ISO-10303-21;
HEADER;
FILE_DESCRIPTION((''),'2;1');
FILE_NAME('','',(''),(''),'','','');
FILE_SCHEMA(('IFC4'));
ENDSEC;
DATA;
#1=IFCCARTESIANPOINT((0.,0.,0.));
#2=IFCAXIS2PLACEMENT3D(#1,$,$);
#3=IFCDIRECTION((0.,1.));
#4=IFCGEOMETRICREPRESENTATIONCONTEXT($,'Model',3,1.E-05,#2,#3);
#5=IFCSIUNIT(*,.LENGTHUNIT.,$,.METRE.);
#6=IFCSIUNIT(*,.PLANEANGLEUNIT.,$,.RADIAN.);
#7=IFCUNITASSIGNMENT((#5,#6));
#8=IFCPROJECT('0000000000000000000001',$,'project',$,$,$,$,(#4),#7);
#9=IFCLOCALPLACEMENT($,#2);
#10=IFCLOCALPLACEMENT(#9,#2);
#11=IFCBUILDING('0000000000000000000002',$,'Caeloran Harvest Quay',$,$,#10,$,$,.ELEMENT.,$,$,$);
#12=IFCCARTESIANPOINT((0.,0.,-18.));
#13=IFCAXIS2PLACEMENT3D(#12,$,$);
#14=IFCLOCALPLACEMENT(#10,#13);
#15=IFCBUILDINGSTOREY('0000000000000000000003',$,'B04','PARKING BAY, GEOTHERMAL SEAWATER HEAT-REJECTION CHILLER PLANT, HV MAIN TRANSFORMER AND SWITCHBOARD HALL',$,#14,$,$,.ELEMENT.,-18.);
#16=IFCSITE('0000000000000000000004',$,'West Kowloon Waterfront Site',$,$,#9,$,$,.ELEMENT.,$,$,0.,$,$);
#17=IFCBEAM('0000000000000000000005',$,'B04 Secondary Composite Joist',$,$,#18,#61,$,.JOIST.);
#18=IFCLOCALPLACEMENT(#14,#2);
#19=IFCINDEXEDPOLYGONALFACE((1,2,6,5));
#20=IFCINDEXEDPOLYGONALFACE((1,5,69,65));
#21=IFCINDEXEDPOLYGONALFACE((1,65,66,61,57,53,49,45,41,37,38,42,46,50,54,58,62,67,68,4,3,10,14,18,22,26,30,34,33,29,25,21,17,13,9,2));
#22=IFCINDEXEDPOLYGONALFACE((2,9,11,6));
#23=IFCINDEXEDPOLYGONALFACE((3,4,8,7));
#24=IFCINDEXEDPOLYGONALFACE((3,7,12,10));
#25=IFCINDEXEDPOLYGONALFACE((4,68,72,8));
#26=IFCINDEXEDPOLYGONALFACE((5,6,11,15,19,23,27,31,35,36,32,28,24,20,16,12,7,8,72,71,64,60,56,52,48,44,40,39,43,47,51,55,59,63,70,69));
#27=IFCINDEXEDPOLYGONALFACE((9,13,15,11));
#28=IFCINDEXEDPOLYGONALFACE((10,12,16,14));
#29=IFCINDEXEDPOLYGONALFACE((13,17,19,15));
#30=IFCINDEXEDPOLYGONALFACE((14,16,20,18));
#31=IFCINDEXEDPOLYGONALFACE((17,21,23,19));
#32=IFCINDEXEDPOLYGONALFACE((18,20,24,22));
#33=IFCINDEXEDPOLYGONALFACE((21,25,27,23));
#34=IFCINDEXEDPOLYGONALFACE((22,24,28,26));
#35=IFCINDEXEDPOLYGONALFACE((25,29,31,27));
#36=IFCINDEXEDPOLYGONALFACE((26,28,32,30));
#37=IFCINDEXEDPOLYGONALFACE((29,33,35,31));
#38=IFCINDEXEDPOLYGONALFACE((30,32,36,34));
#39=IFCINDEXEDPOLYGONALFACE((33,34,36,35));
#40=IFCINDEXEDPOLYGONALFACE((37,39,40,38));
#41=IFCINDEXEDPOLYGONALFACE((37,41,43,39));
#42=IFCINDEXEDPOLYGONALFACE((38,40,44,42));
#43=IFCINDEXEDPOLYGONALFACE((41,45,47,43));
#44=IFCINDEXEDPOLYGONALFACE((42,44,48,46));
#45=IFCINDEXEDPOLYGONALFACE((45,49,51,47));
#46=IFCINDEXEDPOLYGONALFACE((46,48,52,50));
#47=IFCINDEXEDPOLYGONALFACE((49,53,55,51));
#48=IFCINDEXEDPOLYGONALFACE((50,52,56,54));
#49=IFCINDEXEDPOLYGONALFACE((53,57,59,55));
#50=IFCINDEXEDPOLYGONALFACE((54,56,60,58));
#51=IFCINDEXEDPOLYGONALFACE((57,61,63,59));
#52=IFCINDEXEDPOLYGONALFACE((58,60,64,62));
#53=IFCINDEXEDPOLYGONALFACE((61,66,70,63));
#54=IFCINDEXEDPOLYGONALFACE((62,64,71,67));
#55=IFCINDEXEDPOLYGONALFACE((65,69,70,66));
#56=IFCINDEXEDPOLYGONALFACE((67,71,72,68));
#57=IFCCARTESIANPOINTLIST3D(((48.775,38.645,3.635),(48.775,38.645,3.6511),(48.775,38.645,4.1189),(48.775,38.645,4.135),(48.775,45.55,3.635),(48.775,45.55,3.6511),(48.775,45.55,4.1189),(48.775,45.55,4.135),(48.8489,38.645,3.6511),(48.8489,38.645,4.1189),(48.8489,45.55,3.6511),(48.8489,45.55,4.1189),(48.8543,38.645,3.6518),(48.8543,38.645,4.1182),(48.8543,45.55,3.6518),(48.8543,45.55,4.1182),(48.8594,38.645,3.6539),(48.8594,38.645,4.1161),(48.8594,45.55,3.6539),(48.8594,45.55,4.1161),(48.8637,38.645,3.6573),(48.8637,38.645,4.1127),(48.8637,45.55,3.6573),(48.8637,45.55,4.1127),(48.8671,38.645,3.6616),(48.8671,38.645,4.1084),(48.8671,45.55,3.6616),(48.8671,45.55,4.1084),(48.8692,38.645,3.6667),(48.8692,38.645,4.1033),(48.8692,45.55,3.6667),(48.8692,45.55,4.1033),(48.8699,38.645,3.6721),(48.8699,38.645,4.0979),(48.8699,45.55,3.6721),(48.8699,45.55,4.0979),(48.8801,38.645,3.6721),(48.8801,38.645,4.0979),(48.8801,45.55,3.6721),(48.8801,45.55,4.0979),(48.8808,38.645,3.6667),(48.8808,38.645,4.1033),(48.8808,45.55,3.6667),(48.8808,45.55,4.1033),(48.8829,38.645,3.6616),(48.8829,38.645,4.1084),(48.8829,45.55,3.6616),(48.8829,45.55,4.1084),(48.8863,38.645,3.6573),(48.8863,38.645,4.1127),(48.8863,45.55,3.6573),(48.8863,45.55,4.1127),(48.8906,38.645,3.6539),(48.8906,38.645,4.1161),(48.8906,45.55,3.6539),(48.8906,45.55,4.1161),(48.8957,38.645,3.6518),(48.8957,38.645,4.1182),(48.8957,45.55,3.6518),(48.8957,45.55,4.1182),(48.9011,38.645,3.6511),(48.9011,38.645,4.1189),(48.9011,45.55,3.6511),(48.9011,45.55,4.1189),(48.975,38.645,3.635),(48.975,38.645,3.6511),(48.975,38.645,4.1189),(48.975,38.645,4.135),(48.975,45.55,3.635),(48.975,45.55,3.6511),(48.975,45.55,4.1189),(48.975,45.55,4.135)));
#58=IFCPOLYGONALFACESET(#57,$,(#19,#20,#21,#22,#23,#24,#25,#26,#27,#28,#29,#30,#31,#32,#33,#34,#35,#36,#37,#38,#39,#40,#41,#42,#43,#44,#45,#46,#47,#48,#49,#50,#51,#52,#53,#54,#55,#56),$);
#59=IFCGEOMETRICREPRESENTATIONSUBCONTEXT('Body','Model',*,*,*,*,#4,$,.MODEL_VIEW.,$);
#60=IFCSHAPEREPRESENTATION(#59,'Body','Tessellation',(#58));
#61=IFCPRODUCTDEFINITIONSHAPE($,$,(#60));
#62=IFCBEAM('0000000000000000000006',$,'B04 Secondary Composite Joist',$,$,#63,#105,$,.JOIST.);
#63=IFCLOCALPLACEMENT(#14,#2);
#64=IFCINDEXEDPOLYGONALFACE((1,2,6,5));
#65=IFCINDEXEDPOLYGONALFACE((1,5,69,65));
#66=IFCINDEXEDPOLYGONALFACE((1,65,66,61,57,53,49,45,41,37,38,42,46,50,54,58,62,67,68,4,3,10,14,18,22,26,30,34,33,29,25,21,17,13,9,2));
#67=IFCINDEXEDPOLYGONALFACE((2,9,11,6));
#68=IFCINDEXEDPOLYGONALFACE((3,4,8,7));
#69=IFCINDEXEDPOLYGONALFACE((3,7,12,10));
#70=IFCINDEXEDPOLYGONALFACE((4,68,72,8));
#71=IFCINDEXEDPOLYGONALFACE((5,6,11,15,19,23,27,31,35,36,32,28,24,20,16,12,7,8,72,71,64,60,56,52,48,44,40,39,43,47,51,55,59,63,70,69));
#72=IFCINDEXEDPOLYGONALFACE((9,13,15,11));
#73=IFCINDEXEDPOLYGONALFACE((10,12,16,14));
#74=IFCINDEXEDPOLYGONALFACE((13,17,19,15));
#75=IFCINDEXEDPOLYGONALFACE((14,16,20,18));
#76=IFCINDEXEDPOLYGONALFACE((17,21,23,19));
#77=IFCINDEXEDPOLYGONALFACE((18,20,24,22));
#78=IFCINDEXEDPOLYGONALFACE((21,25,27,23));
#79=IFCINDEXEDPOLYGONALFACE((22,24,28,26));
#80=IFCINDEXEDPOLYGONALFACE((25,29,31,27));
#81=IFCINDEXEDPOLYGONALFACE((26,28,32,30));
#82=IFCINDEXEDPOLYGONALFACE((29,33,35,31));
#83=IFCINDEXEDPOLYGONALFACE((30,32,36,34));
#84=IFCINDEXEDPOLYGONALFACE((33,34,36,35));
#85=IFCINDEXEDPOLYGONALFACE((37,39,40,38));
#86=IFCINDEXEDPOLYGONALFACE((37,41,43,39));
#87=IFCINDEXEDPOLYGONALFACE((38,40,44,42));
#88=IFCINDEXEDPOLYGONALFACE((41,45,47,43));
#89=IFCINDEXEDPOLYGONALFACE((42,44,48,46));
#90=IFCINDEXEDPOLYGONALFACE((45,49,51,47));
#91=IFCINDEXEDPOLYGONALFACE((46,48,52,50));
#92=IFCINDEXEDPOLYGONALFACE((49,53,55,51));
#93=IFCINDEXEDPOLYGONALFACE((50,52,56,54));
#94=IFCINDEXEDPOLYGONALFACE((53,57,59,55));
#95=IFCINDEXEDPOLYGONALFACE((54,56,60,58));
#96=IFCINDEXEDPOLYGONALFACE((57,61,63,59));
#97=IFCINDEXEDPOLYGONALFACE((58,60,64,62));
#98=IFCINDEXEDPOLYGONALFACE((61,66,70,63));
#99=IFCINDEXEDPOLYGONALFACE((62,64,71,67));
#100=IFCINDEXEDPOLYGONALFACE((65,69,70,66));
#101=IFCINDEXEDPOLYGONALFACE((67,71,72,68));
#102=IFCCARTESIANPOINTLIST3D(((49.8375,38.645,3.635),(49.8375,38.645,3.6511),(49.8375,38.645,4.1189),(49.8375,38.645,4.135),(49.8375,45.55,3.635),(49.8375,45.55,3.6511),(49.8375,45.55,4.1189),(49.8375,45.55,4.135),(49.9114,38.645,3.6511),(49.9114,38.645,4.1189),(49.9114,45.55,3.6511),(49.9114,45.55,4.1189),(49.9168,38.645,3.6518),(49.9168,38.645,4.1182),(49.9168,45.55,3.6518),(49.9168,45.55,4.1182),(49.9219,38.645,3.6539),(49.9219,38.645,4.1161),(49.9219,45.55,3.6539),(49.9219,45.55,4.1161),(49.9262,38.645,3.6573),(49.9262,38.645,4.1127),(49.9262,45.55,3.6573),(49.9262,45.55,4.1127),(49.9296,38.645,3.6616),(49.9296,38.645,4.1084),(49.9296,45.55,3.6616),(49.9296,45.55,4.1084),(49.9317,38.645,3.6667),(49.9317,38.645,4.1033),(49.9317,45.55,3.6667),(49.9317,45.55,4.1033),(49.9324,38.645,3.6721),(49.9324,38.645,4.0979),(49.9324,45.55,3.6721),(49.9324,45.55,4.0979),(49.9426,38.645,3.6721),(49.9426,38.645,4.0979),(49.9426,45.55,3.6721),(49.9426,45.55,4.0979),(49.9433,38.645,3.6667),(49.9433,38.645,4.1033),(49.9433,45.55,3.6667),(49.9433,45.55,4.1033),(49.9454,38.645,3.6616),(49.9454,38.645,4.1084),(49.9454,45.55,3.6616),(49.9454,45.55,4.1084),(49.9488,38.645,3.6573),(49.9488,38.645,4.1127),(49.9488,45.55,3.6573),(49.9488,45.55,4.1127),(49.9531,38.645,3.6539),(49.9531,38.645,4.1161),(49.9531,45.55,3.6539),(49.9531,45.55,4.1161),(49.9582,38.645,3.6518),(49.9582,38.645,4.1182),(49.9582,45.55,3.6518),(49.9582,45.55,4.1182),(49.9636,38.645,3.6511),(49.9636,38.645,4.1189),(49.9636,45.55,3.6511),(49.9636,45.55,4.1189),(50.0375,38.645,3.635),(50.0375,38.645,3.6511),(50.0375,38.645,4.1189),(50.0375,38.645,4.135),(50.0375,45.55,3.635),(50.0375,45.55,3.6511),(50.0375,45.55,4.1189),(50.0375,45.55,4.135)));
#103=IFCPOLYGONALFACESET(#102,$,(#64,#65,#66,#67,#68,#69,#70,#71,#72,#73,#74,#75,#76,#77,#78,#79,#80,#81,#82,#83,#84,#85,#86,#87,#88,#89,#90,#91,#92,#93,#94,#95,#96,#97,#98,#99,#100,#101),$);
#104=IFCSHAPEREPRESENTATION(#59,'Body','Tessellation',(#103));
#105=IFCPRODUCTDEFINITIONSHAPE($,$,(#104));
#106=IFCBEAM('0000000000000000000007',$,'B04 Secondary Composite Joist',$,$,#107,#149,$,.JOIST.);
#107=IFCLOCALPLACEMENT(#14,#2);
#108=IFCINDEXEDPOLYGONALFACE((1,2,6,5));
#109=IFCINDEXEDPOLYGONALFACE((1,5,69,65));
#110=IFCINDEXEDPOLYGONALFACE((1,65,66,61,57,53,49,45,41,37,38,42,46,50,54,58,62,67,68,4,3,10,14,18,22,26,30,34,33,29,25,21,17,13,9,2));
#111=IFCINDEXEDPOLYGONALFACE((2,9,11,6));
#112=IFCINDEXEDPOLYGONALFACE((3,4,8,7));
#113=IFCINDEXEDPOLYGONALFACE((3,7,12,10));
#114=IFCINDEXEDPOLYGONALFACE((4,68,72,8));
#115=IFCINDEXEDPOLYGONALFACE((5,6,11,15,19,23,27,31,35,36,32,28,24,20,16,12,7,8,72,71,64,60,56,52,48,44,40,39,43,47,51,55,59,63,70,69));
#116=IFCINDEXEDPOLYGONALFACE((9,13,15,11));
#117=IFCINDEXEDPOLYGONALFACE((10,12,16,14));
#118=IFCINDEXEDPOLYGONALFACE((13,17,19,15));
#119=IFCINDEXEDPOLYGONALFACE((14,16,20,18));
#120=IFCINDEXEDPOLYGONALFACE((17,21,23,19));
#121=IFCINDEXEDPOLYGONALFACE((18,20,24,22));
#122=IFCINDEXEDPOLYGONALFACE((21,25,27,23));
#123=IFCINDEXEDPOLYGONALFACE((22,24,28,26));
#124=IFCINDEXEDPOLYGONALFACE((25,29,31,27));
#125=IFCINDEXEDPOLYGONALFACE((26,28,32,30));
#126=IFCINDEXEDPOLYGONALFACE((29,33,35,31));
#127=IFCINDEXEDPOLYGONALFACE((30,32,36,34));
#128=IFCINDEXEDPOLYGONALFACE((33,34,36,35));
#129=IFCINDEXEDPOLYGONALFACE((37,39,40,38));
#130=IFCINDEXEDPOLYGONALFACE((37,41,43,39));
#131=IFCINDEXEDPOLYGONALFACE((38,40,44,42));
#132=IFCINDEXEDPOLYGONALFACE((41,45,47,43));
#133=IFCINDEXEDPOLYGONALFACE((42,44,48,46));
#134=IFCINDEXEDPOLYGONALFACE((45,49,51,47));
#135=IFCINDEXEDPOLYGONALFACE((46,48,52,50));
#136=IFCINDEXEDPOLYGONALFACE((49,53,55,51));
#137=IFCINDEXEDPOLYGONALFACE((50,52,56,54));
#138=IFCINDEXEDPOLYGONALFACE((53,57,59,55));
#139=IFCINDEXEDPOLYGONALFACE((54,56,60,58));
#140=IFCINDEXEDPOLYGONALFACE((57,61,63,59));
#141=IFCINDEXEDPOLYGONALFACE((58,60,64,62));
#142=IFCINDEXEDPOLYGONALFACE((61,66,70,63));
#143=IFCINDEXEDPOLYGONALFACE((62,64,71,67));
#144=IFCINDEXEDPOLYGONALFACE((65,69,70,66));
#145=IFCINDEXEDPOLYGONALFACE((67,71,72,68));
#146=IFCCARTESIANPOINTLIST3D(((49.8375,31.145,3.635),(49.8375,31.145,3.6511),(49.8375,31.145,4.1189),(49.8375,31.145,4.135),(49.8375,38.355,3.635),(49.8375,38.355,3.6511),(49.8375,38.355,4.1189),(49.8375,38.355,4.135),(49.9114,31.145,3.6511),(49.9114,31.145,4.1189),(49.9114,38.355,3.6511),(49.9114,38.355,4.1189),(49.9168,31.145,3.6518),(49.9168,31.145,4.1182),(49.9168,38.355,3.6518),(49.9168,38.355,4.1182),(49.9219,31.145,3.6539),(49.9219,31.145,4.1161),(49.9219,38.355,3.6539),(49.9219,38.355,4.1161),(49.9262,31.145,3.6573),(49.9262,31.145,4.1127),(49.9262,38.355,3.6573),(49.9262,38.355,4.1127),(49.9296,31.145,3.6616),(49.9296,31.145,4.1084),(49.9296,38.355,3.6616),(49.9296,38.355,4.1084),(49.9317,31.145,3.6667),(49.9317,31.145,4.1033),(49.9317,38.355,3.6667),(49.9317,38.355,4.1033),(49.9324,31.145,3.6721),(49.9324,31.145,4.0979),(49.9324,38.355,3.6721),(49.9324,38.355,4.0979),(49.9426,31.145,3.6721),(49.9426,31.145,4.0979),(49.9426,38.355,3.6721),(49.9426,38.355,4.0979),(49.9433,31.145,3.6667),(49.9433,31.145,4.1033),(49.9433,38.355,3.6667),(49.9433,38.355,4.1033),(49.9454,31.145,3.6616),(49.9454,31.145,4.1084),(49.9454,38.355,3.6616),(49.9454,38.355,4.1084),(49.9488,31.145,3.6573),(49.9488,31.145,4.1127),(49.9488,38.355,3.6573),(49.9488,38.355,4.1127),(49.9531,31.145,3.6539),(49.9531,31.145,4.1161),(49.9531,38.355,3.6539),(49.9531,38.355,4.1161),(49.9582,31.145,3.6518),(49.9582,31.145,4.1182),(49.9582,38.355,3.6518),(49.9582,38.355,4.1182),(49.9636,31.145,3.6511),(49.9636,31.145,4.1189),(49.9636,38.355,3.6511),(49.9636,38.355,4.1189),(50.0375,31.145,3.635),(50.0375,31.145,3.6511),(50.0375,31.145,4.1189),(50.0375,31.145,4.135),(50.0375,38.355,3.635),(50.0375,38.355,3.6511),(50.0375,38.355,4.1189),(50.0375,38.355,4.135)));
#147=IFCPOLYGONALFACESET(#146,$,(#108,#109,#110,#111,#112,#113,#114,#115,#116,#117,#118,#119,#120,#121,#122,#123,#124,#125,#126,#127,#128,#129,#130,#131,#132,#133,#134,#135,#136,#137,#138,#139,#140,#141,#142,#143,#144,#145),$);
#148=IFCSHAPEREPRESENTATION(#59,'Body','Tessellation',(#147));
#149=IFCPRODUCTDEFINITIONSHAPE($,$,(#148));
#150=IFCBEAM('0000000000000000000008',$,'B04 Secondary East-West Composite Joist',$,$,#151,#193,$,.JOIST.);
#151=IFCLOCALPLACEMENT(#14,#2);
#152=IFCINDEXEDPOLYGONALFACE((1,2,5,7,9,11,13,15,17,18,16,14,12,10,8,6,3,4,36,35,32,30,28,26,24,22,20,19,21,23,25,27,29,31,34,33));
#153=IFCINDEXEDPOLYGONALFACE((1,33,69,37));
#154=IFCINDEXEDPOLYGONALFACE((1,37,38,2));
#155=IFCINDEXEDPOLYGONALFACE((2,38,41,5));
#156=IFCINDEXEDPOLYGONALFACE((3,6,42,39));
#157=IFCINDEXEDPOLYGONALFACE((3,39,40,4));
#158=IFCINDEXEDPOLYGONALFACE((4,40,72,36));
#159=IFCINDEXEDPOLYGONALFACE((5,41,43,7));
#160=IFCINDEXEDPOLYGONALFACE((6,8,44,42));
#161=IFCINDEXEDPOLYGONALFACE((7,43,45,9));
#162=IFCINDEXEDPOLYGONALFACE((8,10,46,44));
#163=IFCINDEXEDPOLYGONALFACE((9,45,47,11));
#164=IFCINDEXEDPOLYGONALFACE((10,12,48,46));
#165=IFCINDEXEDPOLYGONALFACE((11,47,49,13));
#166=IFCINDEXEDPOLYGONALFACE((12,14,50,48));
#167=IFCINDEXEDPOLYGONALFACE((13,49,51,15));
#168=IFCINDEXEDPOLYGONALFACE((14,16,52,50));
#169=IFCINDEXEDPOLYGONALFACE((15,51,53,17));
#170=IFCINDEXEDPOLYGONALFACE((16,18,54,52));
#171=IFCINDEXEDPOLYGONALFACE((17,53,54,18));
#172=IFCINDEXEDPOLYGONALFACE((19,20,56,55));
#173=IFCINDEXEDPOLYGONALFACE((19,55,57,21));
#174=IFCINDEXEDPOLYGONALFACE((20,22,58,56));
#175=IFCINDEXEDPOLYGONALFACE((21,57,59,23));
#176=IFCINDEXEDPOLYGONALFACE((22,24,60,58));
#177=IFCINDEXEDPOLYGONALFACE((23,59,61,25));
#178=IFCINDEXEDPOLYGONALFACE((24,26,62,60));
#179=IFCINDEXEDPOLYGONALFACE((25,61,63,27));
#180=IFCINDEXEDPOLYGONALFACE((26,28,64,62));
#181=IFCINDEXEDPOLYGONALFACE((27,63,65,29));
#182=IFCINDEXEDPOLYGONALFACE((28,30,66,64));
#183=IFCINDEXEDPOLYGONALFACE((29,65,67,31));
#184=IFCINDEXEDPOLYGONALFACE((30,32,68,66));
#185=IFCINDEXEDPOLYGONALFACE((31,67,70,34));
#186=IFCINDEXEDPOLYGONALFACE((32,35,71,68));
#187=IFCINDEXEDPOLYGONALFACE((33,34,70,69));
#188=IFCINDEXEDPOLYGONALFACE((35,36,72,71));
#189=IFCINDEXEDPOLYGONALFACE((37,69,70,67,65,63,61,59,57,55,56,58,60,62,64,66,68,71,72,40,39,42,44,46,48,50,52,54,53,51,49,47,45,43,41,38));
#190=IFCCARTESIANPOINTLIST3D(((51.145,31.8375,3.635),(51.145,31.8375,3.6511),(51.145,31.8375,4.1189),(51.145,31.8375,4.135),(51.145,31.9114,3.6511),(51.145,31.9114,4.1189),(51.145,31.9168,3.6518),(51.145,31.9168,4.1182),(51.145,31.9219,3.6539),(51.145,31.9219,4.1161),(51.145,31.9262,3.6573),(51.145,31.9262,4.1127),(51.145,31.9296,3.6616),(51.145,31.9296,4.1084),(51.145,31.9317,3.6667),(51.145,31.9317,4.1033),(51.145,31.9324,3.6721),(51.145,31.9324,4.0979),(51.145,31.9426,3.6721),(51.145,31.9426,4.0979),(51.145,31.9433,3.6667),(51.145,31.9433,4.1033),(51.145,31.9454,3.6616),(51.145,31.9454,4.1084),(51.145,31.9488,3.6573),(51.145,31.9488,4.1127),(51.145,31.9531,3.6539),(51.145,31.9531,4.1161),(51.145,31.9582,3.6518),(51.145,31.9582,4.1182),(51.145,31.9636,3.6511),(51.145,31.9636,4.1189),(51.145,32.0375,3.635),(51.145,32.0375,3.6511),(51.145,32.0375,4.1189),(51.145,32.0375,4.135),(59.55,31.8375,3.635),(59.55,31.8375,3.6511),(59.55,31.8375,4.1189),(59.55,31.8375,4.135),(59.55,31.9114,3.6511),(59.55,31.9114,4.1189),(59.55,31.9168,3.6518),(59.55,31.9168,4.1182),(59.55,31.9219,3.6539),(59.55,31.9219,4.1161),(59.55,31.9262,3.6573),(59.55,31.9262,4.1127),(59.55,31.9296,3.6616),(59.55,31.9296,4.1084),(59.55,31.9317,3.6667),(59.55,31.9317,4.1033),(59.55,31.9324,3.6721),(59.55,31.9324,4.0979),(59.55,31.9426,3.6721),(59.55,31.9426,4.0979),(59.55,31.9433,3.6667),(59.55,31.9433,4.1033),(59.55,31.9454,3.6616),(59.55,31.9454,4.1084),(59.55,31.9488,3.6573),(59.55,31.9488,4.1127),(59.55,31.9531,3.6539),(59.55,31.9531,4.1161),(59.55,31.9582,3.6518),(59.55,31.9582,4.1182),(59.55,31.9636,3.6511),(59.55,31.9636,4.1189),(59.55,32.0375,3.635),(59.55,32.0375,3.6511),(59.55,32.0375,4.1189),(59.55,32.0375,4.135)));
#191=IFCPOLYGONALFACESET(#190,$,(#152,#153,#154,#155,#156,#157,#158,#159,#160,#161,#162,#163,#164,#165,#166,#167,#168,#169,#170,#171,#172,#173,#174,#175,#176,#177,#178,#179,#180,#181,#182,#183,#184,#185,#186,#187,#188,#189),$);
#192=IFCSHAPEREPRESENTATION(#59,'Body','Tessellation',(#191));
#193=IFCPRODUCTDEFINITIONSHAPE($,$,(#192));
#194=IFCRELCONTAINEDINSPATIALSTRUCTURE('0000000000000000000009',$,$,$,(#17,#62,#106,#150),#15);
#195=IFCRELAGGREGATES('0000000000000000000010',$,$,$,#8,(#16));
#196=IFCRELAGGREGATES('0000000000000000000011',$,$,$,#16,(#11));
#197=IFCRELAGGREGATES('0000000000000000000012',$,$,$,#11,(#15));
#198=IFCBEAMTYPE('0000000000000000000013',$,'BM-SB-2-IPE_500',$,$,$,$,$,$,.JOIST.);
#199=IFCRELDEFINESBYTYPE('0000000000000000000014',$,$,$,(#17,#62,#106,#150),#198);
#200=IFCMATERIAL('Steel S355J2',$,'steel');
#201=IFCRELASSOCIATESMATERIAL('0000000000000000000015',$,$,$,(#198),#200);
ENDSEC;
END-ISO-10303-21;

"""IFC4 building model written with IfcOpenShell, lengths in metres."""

from ifc_helpers import new_model, si_unit, direction, frame, origin, origin_2d, place, context, subcontext, project, spatial, i_section, extrude, material, material_profile, profile_set, type_object, element, save


model = new_model("IFC4")

# Units and contexts
model_context = context("Model", 3, precision=1e-05, world=origin(), true_north=direction((0.0, 1.0)))
body_context = subcontext(model_context, "Body", "Model", "MODEL_VIEW")
ifc_project = project(units=[si_unit("LENGTHUNIT", "METRE"), si_unit("PLANEANGLEUNIT", "RADIAN")], contexts=[model_context])

# Site, building, storey
site_placement = place(None, origin())
site = spatial("IfcSite", under=ifc_project, at=site_placement, Name="West Kowloon Waterfront Site", CompositionType="ELEMENT", RefElevation=0.0)
building_placement = place(site_placement, origin())
building = spatial("IfcBuilding", under=site, at=building_placement, Name="Caeloran Harvest Quay", CompositionType="ELEMENT")
storey_placement = place(building_placement, frame((0.0, 0.0, -18.0)))
storey = spatial("IfcBuildingStorey", under=building, at=storey_placement, Name="B04", Description="PARKING BAY, GEOTHERMAL SEAWATER HEAT-REJECTION CHILLER PLANT, HV MAIN TRANSFORMER AND SWITCHBOARD HALL", CompositionType="ELEMENT", Elevation=-18.0)

# Beams
ifc_material_1 = material(Name="Steel S355J2", Category="steel")
ifc_material_profile_1 = material_profile(ifc_material_1, i_section(OverallWidth=0.2, OverallDepth=0.5, WebThickness=0.0103, FlangeThickness=0.0161, FilletRadius=0.021, at=origin_2d()), Name="IPE 500")
ifc_profile_set_1 = profile_set([ifc_material_profile_1], Name="Steel S355J2")
beam_type_1 = type_object("IfcBeamType", Name="BM-SB-2-IPE_500", PredefinedType="JOIST", material=ifc_profile_set_1)
for number, where, z_axis, x_axis, name in (
    (1, (48.875, 38.645, 3.885), (0.0, 1.0, 0.0), (-1.0, 0.0, 0.0), "B04 Secondary Composite Joist"),
    (2, (49.9375, 38.645, 3.885), (0.0, 1.0, 0.0), (-1.0, 0.0, 0.0), "B04 Secondary Composite Joist"),
):
    element("IfcBeam", number, at=place(storey_placement, frame(where, z_axis=z_axis, x_axis=x_axis)), inside=storey, type_object=beam_type_1, Name=name, PredefinedType="JOIST", context=body_context, shape_type="SweptSolid", body=[
        extrude(i_section(OverallWidth=0.2, OverallDepth=0.5, WebThickness=0.0103, FlangeThickness=0.0161, FilletRadius=0.021, at=origin_2d()), origin(), (0.0, 0.0, 1.0), 6.905),
    ])
beam_1_placement = place(storey_placement, frame((49.9375, 31.145, 3.885), z_axis=(0.0, 1.0, 0.0), x_axis=(-1.0, 0.0, 0.0)))
element("IfcBeam", 3, at=beam_1_placement, inside=storey, type_object=beam_type_1, Name="B04 Secondary Composite Joist", PredefinedType="JOIST", context=body_context, shape_type="SweptSolid", body=[
    extrude(i_section(OverallWidth=0.2, OverallDepth=0.5, WebThickness=0.0103, FlangeThickness=0.0161, FilletRadius=0.021, at=origin_2d()), origin(), (0.0, 0.0, 1.0), 7.21),
])
for number, where, z_axis, x_axis, name in (
    (4, (51.145, 31.9375, 3.885), (1.0, 0.0, 0.0), (0.0, 1.0, 0.0), "B04 Secondary East-West Composite Joist"),
):
    element("IfcBeam", number, at=place(storey_placement, frame(where, z_axis=z_axis, x_axis=x_axis)), inside=storey, type_object=beam_type_1, Name=name, PredefinedType="JOIST", context=body_context, shape_type="SweptSolid", body=[
        extrude(i_section(OverallWidth=0.2, OverallDepth=0.5, WebThickness=0.0103, FlangeThickness=0.0161, FilletRadius=0.021, at=origin_2d()), origin(), (0.0, 0.0, 1.0), 8.405),
    ])

save(model, "model.ifc")
